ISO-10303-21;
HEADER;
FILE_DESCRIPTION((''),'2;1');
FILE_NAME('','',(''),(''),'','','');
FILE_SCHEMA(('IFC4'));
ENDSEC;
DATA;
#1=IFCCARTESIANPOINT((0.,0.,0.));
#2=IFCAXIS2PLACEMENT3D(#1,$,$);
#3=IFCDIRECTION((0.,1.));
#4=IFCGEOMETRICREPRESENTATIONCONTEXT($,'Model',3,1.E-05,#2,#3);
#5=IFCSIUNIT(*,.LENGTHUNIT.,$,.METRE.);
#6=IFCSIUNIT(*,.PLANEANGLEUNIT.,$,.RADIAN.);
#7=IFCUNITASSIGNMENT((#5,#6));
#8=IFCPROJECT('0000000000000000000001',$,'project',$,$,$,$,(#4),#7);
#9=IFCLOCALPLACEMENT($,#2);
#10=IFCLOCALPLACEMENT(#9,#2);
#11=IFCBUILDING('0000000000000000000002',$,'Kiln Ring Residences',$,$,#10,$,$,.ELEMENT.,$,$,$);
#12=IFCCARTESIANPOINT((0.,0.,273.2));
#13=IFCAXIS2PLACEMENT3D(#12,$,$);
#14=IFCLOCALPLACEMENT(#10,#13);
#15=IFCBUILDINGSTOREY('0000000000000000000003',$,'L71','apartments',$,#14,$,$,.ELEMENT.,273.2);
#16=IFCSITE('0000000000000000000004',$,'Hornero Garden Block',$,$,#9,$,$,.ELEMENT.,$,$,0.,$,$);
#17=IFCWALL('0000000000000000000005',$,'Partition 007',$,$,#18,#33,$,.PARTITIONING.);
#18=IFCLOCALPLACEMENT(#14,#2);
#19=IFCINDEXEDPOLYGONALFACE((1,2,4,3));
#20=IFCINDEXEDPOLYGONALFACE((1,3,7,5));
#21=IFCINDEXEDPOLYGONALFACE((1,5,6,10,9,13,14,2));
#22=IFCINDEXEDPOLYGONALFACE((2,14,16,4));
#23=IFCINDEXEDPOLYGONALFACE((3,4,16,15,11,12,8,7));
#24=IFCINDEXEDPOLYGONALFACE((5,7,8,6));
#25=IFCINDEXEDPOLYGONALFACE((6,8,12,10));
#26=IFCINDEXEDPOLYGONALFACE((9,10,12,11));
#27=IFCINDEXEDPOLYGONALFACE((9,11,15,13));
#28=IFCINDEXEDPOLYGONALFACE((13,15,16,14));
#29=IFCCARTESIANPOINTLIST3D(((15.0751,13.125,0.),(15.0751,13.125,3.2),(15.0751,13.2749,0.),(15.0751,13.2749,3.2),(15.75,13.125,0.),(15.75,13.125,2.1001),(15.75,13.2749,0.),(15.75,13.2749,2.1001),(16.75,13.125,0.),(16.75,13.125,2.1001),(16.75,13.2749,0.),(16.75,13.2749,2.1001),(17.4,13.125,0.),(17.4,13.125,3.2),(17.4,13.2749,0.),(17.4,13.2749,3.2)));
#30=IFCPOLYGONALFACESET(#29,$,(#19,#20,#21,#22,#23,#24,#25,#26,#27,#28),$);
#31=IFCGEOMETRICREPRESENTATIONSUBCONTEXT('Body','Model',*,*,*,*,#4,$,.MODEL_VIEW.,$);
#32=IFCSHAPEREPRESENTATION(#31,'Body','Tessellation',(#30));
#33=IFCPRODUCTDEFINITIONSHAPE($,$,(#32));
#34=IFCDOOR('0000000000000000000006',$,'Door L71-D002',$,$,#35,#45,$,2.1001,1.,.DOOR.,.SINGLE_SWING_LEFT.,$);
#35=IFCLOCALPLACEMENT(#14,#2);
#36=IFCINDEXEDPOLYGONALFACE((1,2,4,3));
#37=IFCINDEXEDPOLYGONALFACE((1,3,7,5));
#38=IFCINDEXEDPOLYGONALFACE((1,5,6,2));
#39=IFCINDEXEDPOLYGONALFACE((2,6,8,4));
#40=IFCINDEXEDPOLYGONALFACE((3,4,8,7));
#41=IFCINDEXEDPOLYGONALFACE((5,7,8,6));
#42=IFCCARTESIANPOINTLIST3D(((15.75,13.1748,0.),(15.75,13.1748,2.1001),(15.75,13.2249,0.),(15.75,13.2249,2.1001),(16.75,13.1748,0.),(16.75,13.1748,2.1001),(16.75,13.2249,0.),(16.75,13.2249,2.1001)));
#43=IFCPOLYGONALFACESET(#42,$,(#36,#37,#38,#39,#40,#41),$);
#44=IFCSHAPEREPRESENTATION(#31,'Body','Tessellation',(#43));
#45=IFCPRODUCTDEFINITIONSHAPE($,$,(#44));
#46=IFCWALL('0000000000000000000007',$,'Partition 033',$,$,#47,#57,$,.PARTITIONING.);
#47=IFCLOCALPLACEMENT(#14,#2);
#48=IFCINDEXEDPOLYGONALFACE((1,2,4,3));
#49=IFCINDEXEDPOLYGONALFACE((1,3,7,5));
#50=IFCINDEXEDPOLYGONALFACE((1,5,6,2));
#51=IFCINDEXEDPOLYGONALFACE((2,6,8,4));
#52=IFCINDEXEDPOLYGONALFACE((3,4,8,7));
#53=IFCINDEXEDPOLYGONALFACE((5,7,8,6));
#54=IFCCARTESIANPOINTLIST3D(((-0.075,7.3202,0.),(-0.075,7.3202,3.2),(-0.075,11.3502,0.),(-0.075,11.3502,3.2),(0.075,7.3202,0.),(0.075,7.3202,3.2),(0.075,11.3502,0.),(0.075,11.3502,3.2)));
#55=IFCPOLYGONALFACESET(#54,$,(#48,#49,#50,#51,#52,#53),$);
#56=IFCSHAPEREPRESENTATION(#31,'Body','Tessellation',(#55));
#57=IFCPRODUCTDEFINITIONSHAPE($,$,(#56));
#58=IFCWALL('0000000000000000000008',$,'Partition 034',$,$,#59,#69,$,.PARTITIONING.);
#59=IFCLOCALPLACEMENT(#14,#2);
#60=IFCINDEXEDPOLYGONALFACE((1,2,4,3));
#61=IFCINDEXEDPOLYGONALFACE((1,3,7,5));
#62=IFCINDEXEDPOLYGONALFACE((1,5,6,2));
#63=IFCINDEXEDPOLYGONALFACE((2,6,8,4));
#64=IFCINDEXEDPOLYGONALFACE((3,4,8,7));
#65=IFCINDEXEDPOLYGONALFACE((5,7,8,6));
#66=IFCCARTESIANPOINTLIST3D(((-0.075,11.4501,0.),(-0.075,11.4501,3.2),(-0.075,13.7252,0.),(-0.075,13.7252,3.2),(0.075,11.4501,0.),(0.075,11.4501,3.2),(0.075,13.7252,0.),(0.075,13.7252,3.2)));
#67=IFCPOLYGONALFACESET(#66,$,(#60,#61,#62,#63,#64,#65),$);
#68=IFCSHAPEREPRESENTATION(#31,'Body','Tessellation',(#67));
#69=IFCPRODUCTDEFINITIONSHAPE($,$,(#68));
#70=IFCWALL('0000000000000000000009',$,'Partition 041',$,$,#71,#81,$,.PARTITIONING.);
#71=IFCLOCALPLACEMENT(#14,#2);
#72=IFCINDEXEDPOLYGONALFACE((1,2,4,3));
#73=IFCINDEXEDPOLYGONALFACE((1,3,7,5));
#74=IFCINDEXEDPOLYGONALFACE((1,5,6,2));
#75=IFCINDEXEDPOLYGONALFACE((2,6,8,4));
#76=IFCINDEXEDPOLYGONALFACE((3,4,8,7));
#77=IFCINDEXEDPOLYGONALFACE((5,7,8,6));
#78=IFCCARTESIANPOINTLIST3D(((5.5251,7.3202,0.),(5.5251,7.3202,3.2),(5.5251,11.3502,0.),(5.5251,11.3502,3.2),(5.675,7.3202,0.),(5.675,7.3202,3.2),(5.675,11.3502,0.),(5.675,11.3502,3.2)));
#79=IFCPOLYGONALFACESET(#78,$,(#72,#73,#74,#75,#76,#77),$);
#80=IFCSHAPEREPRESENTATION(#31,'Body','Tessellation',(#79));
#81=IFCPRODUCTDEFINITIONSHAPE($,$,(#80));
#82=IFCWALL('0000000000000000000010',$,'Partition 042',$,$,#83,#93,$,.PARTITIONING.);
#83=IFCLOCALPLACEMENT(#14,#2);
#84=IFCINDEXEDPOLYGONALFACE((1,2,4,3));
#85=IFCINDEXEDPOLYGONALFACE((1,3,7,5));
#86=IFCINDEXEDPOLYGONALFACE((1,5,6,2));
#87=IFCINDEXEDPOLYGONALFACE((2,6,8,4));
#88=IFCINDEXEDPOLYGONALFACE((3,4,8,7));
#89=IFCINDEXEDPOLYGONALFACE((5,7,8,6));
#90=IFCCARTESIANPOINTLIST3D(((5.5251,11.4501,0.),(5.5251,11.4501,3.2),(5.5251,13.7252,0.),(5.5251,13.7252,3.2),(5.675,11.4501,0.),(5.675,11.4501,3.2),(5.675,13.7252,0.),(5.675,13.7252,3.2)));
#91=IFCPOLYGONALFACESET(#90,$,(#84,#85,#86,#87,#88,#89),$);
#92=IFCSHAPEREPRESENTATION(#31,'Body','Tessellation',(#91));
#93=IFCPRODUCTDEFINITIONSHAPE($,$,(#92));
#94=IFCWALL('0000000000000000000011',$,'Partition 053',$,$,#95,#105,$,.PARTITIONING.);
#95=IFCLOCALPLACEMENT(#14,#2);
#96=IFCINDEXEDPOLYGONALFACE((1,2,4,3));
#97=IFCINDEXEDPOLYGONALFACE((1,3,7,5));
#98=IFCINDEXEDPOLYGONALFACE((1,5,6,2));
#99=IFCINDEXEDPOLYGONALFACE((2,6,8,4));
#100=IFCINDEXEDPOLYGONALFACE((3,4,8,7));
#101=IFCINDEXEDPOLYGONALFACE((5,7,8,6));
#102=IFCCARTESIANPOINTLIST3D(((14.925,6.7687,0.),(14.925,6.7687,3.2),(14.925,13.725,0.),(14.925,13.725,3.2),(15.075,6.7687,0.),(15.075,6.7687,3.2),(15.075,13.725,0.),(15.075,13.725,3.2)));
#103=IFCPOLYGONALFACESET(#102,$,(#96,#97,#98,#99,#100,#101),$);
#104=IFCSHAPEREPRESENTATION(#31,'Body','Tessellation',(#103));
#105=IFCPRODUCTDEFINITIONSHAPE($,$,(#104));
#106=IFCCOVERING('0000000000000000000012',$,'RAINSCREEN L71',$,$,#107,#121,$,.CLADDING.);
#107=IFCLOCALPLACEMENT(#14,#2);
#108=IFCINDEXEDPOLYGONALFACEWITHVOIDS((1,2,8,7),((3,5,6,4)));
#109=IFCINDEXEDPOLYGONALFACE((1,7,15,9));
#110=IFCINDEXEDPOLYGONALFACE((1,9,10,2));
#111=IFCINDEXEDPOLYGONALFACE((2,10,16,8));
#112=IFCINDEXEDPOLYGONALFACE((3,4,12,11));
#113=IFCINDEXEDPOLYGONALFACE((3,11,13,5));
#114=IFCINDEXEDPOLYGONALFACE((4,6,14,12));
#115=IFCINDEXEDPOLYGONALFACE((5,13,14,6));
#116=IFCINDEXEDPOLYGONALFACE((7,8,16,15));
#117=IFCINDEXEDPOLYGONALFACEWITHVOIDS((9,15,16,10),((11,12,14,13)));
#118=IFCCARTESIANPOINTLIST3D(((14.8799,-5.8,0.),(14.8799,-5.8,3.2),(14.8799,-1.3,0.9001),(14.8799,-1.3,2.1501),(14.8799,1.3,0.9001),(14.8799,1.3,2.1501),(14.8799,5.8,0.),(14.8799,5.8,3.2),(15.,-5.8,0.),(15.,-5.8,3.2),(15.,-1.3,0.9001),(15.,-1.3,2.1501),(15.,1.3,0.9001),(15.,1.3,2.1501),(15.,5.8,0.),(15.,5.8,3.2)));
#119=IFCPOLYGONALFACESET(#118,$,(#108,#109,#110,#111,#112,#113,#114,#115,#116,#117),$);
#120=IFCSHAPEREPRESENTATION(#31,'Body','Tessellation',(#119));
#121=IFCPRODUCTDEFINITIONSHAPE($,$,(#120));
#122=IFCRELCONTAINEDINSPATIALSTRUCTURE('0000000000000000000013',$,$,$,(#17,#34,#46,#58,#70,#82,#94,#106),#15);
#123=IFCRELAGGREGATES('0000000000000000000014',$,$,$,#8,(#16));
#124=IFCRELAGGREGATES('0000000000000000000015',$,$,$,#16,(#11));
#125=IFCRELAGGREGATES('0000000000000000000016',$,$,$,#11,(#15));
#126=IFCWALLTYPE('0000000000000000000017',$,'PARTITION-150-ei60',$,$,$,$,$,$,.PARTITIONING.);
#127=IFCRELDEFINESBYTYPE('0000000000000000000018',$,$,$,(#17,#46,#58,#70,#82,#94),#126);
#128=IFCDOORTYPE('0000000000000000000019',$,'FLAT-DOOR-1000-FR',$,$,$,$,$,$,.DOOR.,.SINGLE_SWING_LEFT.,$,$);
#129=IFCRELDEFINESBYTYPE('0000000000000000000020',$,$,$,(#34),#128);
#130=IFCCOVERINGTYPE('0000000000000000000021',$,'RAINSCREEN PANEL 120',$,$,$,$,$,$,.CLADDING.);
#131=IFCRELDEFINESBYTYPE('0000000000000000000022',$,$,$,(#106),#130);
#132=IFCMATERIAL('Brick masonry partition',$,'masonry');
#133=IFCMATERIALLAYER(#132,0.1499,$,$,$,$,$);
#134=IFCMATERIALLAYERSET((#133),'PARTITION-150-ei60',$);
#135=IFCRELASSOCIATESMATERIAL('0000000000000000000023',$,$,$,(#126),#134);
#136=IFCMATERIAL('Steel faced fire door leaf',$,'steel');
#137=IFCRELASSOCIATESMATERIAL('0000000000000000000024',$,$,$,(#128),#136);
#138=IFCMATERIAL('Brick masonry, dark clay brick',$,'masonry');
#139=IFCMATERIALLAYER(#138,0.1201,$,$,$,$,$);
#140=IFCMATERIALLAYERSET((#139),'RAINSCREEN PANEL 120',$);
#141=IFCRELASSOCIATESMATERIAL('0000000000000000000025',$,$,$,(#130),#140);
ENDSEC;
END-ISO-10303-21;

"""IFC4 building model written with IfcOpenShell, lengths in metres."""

from ifc_helpers import new_model, si_unit, direction, frame, frame_2d, origin, place, context, subcontext, project, spatial, polyline, rectangle, outline, extrude, material, layer, layer_set, type_object, element, fill, save


model = new_model("IFC4")

# Units and contexts
model_context = context("Model", 3, precision=1e-05, world=origin(), true_north=direction((0.0, 1.0)))
body_context = subcontext(model_context, "Body", "Model", "MODEL_VIEW")
ifc_project = project(units=[si_unit("LENGTHUNIT", "METRE"), si_unit("PLANEANGLEUNIT", "RADIAN")], contexts=[model_context])

# Site, building, storey
site_placement = place(None, origin())
site = spatial("IfcSite", under=ifc_project, at=site_placement, Name="Hornero Garden Block", CompositionType="ELEMENT", RefElevation=0.0)
building_placement = place(site_placement, origin())
building = spatial("IfcBuilding", under=site, at=building_placement, Name="Kiln Ring Residences", CompositionType="ELEMENT")
storey_placement = place(building_placement, frame((0.0, 0.0, 273.2)))
storey = spatial("IfcBuildingStorey", under=building, at=storey_placement, Name="L71", Description="apartments", CompositionType="ELEMENT", Elevation=273.2)

# Wall, opening, door
ifc_material_1 = material(Name="Brick masonry partition", Category="masonry")
ifc_layer_1 = layer(ifc_material_1, 0.1499)
ifc_layer_set_1 = layer_set([ifc_layer_1], Name="PARTITION-150-ei60")
wall_type_1 = type_object("IfcWallType", Name="PARTITION-150-ei60", PredefinedType="PARTITIONING", material=ifc_layer_set_1)
wall_1_placement = place(storey_placement, frame((15.075, 13.2, 0.0), z_axis=(0.0, 0.0, 1.0), x_axis=(1.0, 0.0, 0.0)))
wall_1 = element("IfcWall", 1, at=wall_1_placement, inside=storey, type_object=wall_type_1, Name="Partition 007", PredefinedType="PARTITIONING", context=body_context, shape_type="SweptSolid", body=[
    extrude(rectangle(XDim=2.325, YDim=0.1499, at=frame_2d((1.1626, 0.0))), origin(), (0.0, 0.0, 1.0), 3.2),
])
opening_1_placement = place(wall_1_placement, frame((0.675, 0.0, 0.0)))
opening_1 = element("IfcOpeningElement", 2, at=opening_1_placement, cuts=wall_1, PredefinedType="OPENING", context=body_context, shape_type="SweptSolid", body=[
    extrude(rectangle(XDim=1.0, YDim=2.1001, at=frame_2d((0.5, 1.05))), frame((0.0, 0.085, 0.0), z_axis=(0.0, -1.0, 0.0), x_axis=(1.0, 0.0, 0.0)), (0.0, 0.0, 1.0), 0.1699),
])
ifc_material_2 = material(Name="Steel faced fire door leaf", Category="steel")
door_type_1 = type_object("IfcDoorType", Name="FLAT-DOOR-1000-FR", OperationType="SINGLE_SWING_LEFT", PredefinedType="DOOR", material=ifc_material_2)
door_1_placement = place(opening_1_placement, origin())
door_1 = element("IfcDoor", 3, at=door_1_placement, inside=storey, type_object=door_type_1, Name="Door L71-D002", OperationType="SINGLE_SWING_LEFT", OverallHeight=2.1001, OverallWidth=1.0, PredefinedType="DOOR", context=body_context, shape_type="SweptSolid", body=[
    extrude(rectangle(XDim=1.0, YDim=2.1001, at=frame_2d((0.5, 1.05))), frame((0.0, 0.0249, 0.0), z_axis=(0.0, -1.0, 0.0), x_axis=(1.0, 0.0, 0.0)), (0.0, 0.0, 1.0), 0.05),
])
fill(opening_1, door_1)

# Walls
wall_2_placement = place(storey_placement, frame((0.0, 7.3201, 0.0), z_axis=(0.0, 0.0, 1.0), x_axis=(0.0, 1.0, 0.0)))
element("IfcWall", 4, at=wall_2_placement, inside=storey, type_object=wall_type_1, Name="Partition 033", PredefinedType="PARTITIONING", context=body_context, shape_type="SweptSolid", body=[
    extrude(rectangle(XDim=4.03, YDim=0.1499, at=frame_2d((2.0151, 0.0))), origin(), (0.0, 0.0, 1.0), 3.2),
])
wall_3_placement = place(storey_placement, frame((0.0, 11.45, 0.0), z_axis=(0.0, 0.0, 1.0), x_axis=(0.0, 1.0, 0.0)))
element("IfcWall", 5, at=wall_3_placement, inside=storey, type_object=wall_type_1, Name="Partition 034", PredefinedType="PARTITIONING", context=body_context, shape_type="SweptSolid", body=[
    extrude(rectangle(XDim=2.2751, YDim=0.1499, at=frame_2d((1.1377, 0.0))), origin(), (0.0, 0.0, 1.0), 3.2),
])
wall_4_placement = place(storey_placement, frame((5.6001, 7.3201, 0.0), z_axis=(0.0, 0.0, 1.0), x_axis=(0.0, 1.0, 0.0)))
element("IfcWall", 6, at=wall_4_placement, inside=storey, type_object=wall_type_1, Name="Partition 041", PredefinedType="PARTITIONING", context=body_context, shape_type="SweptSolid", body=[
    extrude(rectangle(XDim=4.03, YDim=0.1499, at=frame_2d((2.0151, 0.0))), origin(), (0.0, 0.0, 1.0), 3.2),
])
wall_5_placement = place(storey_placement, frame((5.6001, 11.45, 0.0), z_axis=(0.0, 0.0, 1.0), x_axis=(0.0, 1.0, 0.0)))
element("IfcWall", 7, at=wall_5_placement, inside=storey, type_object=wall_type_1, Name="Partition 042", PredefinedType="PARTITIONING", context=body_context, shape_type="SweptSolid", body=[
    extrude(rectangle(XDim=2.2751, YDim=0.1499, at=frame_2d((1.1377, 0.0))), origin(), (0.0, 0.0, 1.0), 3.2),
])
wall_6_placement = place(storey_placement, frame((15.0, 6.7688, 0.0), z_axis=(0.0, 0.0, 1.0), x_axis=(0.0, 1.0, 0.0)))
element("IfcWall", 8, at=wall_6_placement, inside=storey, type_object=wall_type_1, Name="Partition 053", PredefinedType="PARTITIONING", context=body_context, shape_type="SweptSolid", body=[
    extrude(rectangle(XDim=6.9563, YDim=0.1499, at=frame_2d((3.478, 0.0))), origin(), (0.0, 0.0, 1.0), 3.2),
])

# Covering
ifc_material_3 = material(Name="Brick masonry, dark clay brick", Category="masonry")
ifc_layer_2 = layer(ifc_material_3, 0.1201)
ifc_layer_set_2 = layer_set([ifc_layer_2], Name="RAINSCREEN PANEL 120")
covering_type = type_object("IfcCoveringType", Name="RAINSCREEN PANEL 120", PredefinedType="CLADDING", material=ifc_layer_set_2)
covering_placement = place(storey_placement, frame((14.9399, 5.8, 0.0), z_axis=(0.0, 0.0, 1.0), x_axis=(0.0, -1.0, 0.0)))
element("IfcCovering", 9, at=covering_placement, inside=storey, type_object=covering_type, Name="RAINSCREEN L71", PredefinedType="CLADDING", context=body_context, shape_type="SweptSolid", body=[
    extrude(outline(polyline([(0.0, 0.0), (11.6001, 0.0), (11.6001, 3.2), (0.0, 3.2), (0.0, 0.0)]), holes=[polyline([(4.5, 2.1501), (4.5, 0.9001), (7.1001, 0.9001), (7.1001, 2.1501), (4.5, 2.1501)])]), frame((0.0, 0.0601, 0.0), z_axis=(0.0, -1.0, 0.0), x_axis=(1.0, 0.0, 0.0)), (0.0, 0.0, 1.0), 0.1201),
])

save(model, "model.ifc")
